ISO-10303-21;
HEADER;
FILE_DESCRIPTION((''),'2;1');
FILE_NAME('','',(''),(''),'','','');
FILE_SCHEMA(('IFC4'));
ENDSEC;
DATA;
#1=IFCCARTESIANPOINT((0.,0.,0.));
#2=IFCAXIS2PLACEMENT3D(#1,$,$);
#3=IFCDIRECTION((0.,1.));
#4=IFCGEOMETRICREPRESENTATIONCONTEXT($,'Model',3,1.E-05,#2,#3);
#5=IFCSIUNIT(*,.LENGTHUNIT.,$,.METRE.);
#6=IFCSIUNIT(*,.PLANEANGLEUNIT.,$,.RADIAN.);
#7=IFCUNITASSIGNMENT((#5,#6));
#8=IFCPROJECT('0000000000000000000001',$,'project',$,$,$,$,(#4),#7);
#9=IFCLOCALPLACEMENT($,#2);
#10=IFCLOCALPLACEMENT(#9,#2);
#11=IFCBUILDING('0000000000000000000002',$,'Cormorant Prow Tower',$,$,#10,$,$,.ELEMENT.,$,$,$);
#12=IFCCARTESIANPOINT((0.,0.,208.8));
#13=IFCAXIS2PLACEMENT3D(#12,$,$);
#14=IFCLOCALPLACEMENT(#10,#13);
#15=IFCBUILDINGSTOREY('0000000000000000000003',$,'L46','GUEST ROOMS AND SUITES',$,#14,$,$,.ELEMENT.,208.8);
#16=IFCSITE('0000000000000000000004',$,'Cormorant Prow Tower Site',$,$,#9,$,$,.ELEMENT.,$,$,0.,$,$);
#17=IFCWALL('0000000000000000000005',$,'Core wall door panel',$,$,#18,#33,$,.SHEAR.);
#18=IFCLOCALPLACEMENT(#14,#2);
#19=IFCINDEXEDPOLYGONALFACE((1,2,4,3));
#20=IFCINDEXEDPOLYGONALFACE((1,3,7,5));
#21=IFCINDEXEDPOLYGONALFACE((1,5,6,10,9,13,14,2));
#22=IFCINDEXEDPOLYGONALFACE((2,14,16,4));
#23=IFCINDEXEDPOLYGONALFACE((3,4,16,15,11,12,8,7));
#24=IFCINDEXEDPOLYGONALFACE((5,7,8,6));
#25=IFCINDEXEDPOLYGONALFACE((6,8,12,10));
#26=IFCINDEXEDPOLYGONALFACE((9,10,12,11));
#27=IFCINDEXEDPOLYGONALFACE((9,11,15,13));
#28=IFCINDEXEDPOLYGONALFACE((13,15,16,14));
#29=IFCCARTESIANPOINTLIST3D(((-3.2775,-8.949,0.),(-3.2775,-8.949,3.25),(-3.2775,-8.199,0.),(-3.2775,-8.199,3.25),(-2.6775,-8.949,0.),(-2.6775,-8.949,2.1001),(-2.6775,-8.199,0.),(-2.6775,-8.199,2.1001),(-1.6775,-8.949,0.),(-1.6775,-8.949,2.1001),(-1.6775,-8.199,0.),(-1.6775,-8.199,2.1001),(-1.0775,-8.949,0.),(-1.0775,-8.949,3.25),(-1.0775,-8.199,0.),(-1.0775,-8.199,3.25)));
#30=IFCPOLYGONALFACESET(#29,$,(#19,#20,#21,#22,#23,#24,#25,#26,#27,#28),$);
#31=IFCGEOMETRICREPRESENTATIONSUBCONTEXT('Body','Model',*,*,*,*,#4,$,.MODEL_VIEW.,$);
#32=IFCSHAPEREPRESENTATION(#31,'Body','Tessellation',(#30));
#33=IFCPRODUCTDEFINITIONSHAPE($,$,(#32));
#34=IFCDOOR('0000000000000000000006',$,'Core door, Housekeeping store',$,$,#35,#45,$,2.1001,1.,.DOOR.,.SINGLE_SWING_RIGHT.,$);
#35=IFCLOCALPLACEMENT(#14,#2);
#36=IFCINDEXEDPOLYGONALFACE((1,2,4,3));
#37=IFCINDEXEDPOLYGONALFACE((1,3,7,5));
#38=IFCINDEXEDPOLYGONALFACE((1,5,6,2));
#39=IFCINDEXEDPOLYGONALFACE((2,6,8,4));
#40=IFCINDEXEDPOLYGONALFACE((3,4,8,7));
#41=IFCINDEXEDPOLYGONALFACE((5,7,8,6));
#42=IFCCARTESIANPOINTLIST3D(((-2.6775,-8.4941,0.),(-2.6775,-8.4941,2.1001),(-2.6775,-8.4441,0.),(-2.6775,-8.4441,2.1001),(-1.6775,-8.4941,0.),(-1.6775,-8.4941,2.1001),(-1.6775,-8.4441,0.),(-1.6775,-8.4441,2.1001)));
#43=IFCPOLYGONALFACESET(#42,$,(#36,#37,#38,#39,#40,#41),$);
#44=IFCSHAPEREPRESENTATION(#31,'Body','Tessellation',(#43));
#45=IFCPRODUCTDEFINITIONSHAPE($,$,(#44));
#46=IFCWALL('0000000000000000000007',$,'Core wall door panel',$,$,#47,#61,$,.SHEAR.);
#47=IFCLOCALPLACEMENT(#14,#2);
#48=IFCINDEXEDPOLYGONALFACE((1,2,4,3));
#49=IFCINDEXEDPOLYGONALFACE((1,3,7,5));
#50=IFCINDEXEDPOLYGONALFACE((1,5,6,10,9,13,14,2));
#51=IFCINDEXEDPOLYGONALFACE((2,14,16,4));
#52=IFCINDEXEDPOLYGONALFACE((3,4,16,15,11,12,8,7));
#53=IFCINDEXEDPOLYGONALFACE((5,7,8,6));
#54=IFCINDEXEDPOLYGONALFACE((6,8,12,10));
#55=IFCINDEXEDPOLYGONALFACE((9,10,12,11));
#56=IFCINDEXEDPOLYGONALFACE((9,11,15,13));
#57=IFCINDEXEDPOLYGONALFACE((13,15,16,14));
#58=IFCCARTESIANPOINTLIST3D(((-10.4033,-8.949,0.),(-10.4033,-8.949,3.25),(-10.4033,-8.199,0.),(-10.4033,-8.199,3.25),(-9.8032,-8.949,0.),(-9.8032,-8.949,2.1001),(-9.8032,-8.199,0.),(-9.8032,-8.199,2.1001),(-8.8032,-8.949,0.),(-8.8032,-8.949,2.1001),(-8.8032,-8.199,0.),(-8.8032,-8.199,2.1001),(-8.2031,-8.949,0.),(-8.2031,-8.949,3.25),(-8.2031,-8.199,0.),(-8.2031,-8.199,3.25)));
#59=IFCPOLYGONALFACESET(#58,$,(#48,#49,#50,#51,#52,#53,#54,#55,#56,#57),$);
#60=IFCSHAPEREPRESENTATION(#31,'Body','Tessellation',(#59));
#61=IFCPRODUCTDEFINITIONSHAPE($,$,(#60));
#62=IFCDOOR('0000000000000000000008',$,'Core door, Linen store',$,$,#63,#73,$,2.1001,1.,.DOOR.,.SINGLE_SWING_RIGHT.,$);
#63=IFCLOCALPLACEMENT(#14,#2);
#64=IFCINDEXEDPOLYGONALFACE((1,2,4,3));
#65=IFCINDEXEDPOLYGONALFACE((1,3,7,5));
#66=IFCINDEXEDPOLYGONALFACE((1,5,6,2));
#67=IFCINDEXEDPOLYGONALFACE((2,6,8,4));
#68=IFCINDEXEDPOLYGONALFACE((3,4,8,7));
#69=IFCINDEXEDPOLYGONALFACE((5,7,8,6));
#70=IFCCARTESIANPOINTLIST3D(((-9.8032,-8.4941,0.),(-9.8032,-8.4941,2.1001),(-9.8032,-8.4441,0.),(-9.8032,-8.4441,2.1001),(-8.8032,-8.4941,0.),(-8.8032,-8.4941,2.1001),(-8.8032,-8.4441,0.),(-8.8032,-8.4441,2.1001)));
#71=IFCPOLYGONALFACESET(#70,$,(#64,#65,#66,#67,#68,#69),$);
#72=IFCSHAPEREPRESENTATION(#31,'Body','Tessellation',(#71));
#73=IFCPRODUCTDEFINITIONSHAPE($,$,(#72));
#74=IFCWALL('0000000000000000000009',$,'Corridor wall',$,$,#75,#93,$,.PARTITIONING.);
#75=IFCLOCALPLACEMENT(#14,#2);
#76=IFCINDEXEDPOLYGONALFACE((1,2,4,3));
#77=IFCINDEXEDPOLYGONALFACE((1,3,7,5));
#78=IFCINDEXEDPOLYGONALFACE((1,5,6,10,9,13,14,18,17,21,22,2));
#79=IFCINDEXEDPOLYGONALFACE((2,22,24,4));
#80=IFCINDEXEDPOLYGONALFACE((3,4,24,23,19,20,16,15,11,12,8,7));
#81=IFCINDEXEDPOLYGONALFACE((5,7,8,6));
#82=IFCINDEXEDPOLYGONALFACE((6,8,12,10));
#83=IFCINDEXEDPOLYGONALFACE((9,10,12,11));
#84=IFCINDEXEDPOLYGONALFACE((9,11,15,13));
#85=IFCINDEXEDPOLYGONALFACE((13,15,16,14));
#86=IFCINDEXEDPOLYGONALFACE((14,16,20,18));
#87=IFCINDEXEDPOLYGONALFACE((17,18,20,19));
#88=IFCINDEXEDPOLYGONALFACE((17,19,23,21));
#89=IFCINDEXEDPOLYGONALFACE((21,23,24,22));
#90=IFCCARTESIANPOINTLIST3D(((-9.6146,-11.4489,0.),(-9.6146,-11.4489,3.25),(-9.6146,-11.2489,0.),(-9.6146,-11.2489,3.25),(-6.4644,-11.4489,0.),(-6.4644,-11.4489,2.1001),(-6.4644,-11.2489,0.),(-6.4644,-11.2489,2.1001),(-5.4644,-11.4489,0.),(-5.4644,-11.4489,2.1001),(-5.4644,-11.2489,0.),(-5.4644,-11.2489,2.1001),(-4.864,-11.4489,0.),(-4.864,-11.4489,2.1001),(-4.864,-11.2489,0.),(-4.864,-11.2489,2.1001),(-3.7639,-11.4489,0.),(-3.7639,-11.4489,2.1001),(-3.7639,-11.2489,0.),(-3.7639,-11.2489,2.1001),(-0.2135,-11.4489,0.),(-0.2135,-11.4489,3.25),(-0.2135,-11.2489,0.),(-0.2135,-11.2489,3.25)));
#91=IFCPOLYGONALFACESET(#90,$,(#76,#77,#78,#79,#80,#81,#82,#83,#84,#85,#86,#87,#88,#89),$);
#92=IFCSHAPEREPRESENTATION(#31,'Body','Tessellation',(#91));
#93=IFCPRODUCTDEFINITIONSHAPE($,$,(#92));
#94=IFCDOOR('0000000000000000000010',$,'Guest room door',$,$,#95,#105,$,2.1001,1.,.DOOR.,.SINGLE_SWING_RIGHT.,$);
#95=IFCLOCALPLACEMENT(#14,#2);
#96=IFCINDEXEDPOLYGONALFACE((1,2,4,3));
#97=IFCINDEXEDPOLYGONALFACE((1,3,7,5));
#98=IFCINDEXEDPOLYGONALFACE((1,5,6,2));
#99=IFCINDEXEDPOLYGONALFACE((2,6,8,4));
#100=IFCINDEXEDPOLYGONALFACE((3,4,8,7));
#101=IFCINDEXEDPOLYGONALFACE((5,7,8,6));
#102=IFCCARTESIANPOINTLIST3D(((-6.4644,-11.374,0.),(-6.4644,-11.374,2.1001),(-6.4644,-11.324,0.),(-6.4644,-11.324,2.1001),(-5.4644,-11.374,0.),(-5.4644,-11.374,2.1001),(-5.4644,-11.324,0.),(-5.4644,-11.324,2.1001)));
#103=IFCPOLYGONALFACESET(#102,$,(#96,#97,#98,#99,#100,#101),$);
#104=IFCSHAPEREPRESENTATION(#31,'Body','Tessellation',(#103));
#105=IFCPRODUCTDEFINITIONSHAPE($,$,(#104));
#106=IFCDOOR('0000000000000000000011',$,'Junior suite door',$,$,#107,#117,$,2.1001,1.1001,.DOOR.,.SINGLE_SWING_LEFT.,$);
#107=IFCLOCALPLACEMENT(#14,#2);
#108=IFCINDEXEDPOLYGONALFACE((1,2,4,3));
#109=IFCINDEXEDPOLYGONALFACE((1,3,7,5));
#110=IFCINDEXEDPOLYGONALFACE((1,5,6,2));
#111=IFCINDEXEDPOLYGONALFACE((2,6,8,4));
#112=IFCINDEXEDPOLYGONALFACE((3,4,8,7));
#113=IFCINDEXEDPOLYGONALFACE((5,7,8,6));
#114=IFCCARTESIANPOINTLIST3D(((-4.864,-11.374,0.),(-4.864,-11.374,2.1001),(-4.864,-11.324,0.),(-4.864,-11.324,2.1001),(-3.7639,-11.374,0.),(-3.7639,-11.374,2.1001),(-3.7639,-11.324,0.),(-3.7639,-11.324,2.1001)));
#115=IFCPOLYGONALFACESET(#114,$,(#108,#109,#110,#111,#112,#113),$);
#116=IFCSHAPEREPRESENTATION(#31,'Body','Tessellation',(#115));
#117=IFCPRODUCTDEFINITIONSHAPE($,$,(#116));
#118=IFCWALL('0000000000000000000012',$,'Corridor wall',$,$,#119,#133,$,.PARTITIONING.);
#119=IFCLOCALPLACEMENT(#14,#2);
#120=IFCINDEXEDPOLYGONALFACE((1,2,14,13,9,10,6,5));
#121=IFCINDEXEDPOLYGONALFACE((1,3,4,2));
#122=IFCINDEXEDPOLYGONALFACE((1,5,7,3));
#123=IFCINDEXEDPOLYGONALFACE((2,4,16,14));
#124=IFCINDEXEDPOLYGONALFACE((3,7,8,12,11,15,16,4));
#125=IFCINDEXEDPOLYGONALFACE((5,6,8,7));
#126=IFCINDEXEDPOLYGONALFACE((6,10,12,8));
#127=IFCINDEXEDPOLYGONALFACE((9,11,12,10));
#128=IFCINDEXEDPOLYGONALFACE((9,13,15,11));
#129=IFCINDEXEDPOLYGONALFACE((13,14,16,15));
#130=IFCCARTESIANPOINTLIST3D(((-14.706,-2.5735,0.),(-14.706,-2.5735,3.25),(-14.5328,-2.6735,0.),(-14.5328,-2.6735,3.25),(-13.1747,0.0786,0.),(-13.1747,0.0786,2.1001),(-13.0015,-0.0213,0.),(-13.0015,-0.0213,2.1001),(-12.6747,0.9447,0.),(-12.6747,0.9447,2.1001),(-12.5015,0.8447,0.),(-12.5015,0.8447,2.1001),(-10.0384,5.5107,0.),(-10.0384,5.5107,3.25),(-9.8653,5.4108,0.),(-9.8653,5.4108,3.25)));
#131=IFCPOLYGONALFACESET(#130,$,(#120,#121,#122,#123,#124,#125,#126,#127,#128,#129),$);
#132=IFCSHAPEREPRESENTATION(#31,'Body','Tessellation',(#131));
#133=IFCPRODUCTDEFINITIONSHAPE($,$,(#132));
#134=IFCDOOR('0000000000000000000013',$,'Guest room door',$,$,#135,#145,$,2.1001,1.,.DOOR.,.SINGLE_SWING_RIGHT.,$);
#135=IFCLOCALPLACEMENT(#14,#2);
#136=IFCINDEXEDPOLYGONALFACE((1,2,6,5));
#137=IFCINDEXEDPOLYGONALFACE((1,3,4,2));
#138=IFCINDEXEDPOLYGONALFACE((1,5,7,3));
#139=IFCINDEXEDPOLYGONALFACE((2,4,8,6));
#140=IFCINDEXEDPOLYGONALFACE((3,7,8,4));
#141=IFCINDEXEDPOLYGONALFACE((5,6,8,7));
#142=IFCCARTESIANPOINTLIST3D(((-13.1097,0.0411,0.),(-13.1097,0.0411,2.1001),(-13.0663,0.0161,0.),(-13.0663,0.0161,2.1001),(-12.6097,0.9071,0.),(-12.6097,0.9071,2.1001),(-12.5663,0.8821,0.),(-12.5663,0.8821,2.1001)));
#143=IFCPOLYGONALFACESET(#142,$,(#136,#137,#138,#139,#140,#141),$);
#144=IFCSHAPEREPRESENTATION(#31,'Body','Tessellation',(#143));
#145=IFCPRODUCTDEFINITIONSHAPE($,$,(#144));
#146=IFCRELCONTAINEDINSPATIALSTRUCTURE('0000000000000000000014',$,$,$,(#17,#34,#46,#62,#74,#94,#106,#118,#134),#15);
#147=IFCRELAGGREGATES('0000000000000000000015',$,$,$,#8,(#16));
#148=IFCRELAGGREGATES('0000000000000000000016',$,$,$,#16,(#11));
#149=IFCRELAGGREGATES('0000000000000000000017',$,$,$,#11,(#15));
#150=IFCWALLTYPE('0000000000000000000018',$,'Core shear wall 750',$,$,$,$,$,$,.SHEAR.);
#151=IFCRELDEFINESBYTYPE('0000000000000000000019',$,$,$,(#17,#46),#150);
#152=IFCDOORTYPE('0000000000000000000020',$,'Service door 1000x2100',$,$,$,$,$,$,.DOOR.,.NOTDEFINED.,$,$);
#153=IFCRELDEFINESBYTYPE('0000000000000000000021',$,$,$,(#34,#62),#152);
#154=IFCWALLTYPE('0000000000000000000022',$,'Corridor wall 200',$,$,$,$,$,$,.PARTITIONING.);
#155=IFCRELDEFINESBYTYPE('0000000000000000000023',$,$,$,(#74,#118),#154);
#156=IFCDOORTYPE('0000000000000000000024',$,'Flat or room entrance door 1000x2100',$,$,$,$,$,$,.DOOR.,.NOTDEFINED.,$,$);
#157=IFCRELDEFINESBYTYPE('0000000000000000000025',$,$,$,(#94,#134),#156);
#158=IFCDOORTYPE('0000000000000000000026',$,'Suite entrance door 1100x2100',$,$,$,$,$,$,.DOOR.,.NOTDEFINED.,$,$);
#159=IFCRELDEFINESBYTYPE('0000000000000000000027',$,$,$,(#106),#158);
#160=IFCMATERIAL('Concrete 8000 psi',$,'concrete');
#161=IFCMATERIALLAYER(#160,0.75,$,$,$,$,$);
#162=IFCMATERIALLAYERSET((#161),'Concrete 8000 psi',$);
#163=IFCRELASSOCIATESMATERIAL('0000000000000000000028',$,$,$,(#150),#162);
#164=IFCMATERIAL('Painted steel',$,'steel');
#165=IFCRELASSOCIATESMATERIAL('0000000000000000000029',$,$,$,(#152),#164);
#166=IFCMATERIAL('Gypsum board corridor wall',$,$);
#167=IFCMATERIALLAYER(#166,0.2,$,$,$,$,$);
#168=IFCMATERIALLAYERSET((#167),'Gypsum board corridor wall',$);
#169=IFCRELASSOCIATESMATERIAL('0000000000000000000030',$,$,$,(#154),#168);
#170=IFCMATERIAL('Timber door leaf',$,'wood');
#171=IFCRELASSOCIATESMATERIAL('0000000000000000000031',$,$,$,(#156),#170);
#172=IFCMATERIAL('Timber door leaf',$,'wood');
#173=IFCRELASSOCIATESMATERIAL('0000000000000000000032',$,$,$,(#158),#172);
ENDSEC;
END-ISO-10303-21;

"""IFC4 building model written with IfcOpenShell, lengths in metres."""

from ifc_helpers import new_model, si_unit, direction, frame, frame_2d, origin, place, context, subcontext, project, spatial, rectangle, extrude, material, layer, layer_set, type_object, element, fill, save


model = new_model("IFC4")

# Units and contexts
model_context = context("Model", 3, precision=1e-05, world=origin(), true_north=direction((0.0, 1.0)))
body_context = subcontext(model_context, "Body", "Model", "MODEL_VIEW")
ifc_project = project(units=[si_unit("LENGTHUNIT", "METRE"), si_unit("PLANEANGLEUNIT", "RADIAN")], contexts=[model_context])

# Site, building, storey
site_placement = place(None, origin())
site = spatial("IfcSite", under=ifc_project, at=site_placement, Name="Cormorant Prow Tower Site", CompositionType="ELEMENT", RefElevation=0.0)
building_placement = place(site_placement, origin())
building = spatial("IfcBuilding", under=site, at=building_placement, Name="Cormorant Prow Tower", CompositionType="ELEMENT")
storey_placement = place(building_placement, frame((0.0, 0.0, 208.8)))
storey = spatial("IfcBuildingStorey", under=building, at=storey_placement, Name="L46", Description="GUEST ROOMS AND SUITES", CompositionType="ELEMENT", Elevation=208.8)

# Shared definitions
ifc_material_1 = material(Name="Concrete 8000 psi", Category="concrete")
ifc_layer_1 = layer(ifc_material_1, 0.75)
ifc_layer_set_1 = layer_set([ifc_layer_1], Name="Concrete 8000 psi")
wall_type_1 = type_object("IfcWallType", Name="Core shear wall 750", PredefinedType="SHEAR", material=ifc_layer_set_1)

# Walls, openings, doors
wall_1_placement = place(storey_placement, frame((-3.2776, -8.574, 0.0), z_axis=(0.0, 0.0, 1.0), x_axis=(1.0, 0.0, 0.0)))
wall_1 = element("IfcWall", 1, at=wall_1_placement, inside=storey, type_object=wall_type_1, Name="Core wall door panel", PredefinedType="SHEAR", context=body_context, shape_type="SweptSolid", body=[
    extrude(rectangle(XDim=2.2, YDim=0.75, at=frame_2d((1.1001, 0.0))), origin(), (0.0, 0.0, 1.0), 3.25),
])
opening_1_placement = place(wall_1_placement, frame((0.6001, 0.0, 0.0)))
opening_1 = element("IfcOpeningElement", 2, at=opening_1_placement, cuts=wall_1, PredefinedType="OPENING", context=body_context, shape_type="SweptSolid", body=[
    extrude(rectangle(XDim=1.0, YDim=2.1001, at=frame_2d((0.5, 1.05))), frame((0.0, 0.385, 0.0), z_axis=(0.0, -1.0, 0.0), x_axis=(1.0, 0.0, 0.0)), (0.0, 0.0, 1.0), 0.77),
])
ifc_material_2 = material(Name="Painted steel", Category="steel")
door_type_1 = type_object("IfcDoorType", Name="Service door 1000x2100", OperationType="NOTDEFINED", PredefinedType="DOOR", material=ifc_material_2)
door_1_placement = place(opening_1_placement, origin())
door_1 = element("IfcDoor", 3, at=door_1_placement, inside=storey, type_object=door_type_1, Name="Core door, Housekeeping store", OperationType="SINGLE_SWING_RIGHT", OverallHeight=2.1001, OverallWidth=1.0, PredefinedType="DOOR", context=body_context, shape_type="SweptSolid", body=[
    extrude(rectangle(XDim=1.0, YDim=2.1001, at=frame_2d((0.5, 1.05))), frame((0.0, 0.1299, 0.0), z_axis=(0.0, -1.0, 0.0), x_axis=(1.0, 0.0, 0.0)), (0.0, 0.0, 1.0), 0.05),
])
fill(opening_1, door_1)
wall_2_placement = place(storey_placement, frame((-10.4033, -8.574, 0.0), z_axis=(0.0, 0.0, 1.0), x_axis=(1.0, 0.0, 0.0)))
wall_2 = element("IfcWall", 4, at=wall_2_placement, inside=storey, type_object=wall_type_1, Name="Core wall door panel", PredefinedType="SHEAR", context=body_context, shape_type="SweptSolid", body=[
    extrude(rectangle(XDim=2.2002, YDim=0.75, at=frame_2d((1.1001, 0.0))), origin(), (0.0, 0.0, 1.0), 3.25),
])
opening_2_placement = place(wall_2_placement, frame((0.6001, 0.0, 0.0)))
opening_2 = element("IfcOpeningElement", 5, at=opening_2_placement, cuts=wall_2, PredefinedType="OPENING", context=body_context, shape_type="SweptSolid", body=[
    extrude(rectangle(XDim=1.0, YDim=2.1001, at=frame_2d((0.5, 1.05))), frame((0.0, 0.385, 0.0), z_axis=(0.0, -1.0, 0.0), x_axis=(1.0, 0.0, 0.0)), (0.0, 0.0, 1.0), 0.77),
])
door_2_placement = place(opening_2_placement, origin())
door_2 = element("IfcDoor", 6, at=door_2_placement, inside=storey, type_object=door_type_1, Name="Core door, Linen store", OperationType="SINGLE_SWING_RIGHT", OverallHeight=2.1001, OverallWidth=1.0, PredefinedType="DOOR", context=body_context, shape_type="SweptSolid", body=[
    extrude(rectangle(XDim=1.0, YDim=2.1001, at=frame_2d((0.5, 1.05))), frame((0.0, 0.1299, 0.0), z_axis=(0.0, -1.0, 0.0), x_axis=(1.0, 0.0, 0.0)), (0.0, 0.0, 1.0), 0.05),
])
fill(opening_2, door_2)

# Wall, openings, doors
ifc_material_3 = material(Name="Gypsum board corridor wall")
ifc_layer_2 = layer(ifc_material_3, 0.2)
ifc_layer_set_2 = layer_set([ifc_layer_2], Name="Gypsum board corridor wall")
wall_type_2 = type_object("IfcWallType", Name="Corridor wall 200", PredefinedType="PARTITIONING", material=ifc_layer_set_2)
wall_3_placement = place(storey_placement, frame((-9.6147, -11.3489, 0.0), z_axis=(0.0, 0.0, 1.0), x_axis=(1.0, 0.0, 0.0)))
wall_3 = element("IfcWall", 7, at=wall_3_placement, inside=storey, type_object=wall_type_2, Name="Corridor wall", PredefinedType="PARTITIONING", context=body_context, shape_type="SweptSolid", body=[
    extrude(rectangle(XDim=9.4011, YDim=0.2, at=frame_2d((4.7007, 0.0))), origin(), (0.0, 0.0, 1.0), 3.25),
])
opening_3_placement = place(wall_3_placement, frame((3.1504, 0.0, 0.0)))
opening_3 = element("IfcOpeningElement", 8, at=opening_3_placement, cuts=wall_3, PredefinedType="OPENING", context=body_context, shape_type="SweptSolid", body=[
    extrude(rectangle(XDim=1.0, YDim=2.1001, at=frame_2d((0.5, 1.05))), frame((0.0, 0.1099, 0.0), z_axis=(0.0, -1.0, 0.0), x_axis=(1.0, 0.0, 0.0)), (0.0, 0.0, 1.0), 0.22),
])
opening_4_placement = place(wall_3_placement, frame((4.7507, 0.0, 0.0)))
opening_4 = element("IfcOpeningElement", 9, at=opening_4_placement, cuts=wall_3, PredefinedType="OPENING", context=body_context, shape_type="SweptSolid", body=[
    extrude(rectangle(XDim=1.1001, YDim=2.1001, at=frame_2d((0.55, 1.05))), frame((0.0, 0.1099, 0.0), z_axis=(0.0, -1.0, 0.0), x_axis=(1.0, 0.0, 0.0)), (0.0, 0.0, 1.0), 0.22),
])
ifc_material_4 = material(Name="Timber door leaf", Category="wood")
door_type_2 = type_object("IfcDoorType", Name="Flat or room entrance door 1000x2100", OperationType="NOTDEFINED", PredefinedType="DOOR", material=ifc_material_4)
door_3_placement = place(opening_3_placement, origin())
door_3 = element("IfcDoor", 10, at=door_3_placement, inside=storey, type_object=door_type_2, Name="Guest room door", OperationType="SINGLE_SWING_RIGHT", OverallHeight=2.1001, OverallWidth=1.0, PredefinedType="DOOR", context=body_context, shape_type="SweptSolid", body=[
    extrude(rectangle(XDim=1.0, YDim=2.1001, at=frame_2d((0.5, 1.05))), frame((0.0, 0.0249, 0.0), z_axis=(0.0, -1.0, 0.0), x_axis=(1.0, 0.0, 0.0)), (0.0, 0.0, 1.0), 0.05),
])
fill(opening_3, door_3)
ifc_material_5 = material(Name="Timber door leaf", Category="wood")
door_type_3 = type_object("IfcDoorType", Name="Suite entrance door 1100x2100", OperationType="NOTDEFINED", PredefinedType="DOOR", material=ifc_material_5)
door_4_placement = place(opening_4_placement, origin())
door_4 = element("IfcDoor", 11, at=door_4_placement, inside=storey, type_object=door_type_3, Name="Junior suite door", OperationType="SINGLE_SWING_LEFT", OverallHeight=2.1001, OverallWidth=1.1001, PredefinedType="DOOR", context=body_context, shape_type="SweptSolid", body=[
    extrude(rectangle(XDim=1.1001, YDim=2.1001, at=frame_2d((0.55, 1.05))), frame((0.0, 0.0249, 0.0), z_axis=(0.0, -1.0, 0.0), x_axis=(1.0, 0.0, 0.0)), (0.0, 0.0, 1.0), 0.05),
])
fill(opening_4, door_4)

# Wall, opening, door
wall_4_placement = place(storey_placement, frame((-14.6194, -2.6235, 0.0), z_axis=(0.0, 0.0, 1.0), x_axis=(0.500004, 0.866023, 0.0)))
wall_4 = element("IfcWall", 12, at=wall_4_placement, inside=storey, type_object=wall_type_2, Name="Corridor wall", PredefinedType="PARTITIONING", context=body_context, shape_type="SweptSolid", body=[
    extrude(rectangle(XDim=9.335, YDim=0.2, at=frame_2d((4.6675, 0.0))), origin(), (0.0, 0.0, 1.0), 3.25),
])
opening_5_placement = place(wall_4_placement, frame((3.0625, 0.0, 0.0)))
opening_5 = element("IfcOpeningElement", 13, at=opening_5_placement, cuts=wall_4, PredefinedType="OPENING", context=body_context, shape_type="SweptSolid", body=[
    extrude(rectangle(XDim=1.0, YDim=2.1001, at=frame_2d((0.5, 1.05))), frame((0.0, 0.1099, 0.0), z_axis=(0.0, -1.0, 0.0), x_axis=(1.0, 0.0, 0.0)), (0.0, 0.0, 1.0), 0.22),
])
door_5_placement = place(opening_5_placement, origin())
door_5 = element("IfcDoor", 14, at=door_5_placement, inside=storey, type_object=door_type_2, Name="Guest room door", OperationType="SINGLE_SWING_RIGHT", OverallHeight=2.1001, OverallWidth=1.0, PredefinedType="DOOR", context=body_context, shape_type="SweptSolid", body=[
    extrude(rectangle(XDim=1.0, YDim=2.1001, at=frame_2d((0.5, 1.05))), frame((0.0, 0.0249, 0.0), z_axis=(0.0, -1.0, 0.0), x_axis=(1.0, 0.0, 0.0)), (0.0, 0.0, 1.0), 0.05),
])
fill(opening_5, door_5)

save(model, "model.ifc")
